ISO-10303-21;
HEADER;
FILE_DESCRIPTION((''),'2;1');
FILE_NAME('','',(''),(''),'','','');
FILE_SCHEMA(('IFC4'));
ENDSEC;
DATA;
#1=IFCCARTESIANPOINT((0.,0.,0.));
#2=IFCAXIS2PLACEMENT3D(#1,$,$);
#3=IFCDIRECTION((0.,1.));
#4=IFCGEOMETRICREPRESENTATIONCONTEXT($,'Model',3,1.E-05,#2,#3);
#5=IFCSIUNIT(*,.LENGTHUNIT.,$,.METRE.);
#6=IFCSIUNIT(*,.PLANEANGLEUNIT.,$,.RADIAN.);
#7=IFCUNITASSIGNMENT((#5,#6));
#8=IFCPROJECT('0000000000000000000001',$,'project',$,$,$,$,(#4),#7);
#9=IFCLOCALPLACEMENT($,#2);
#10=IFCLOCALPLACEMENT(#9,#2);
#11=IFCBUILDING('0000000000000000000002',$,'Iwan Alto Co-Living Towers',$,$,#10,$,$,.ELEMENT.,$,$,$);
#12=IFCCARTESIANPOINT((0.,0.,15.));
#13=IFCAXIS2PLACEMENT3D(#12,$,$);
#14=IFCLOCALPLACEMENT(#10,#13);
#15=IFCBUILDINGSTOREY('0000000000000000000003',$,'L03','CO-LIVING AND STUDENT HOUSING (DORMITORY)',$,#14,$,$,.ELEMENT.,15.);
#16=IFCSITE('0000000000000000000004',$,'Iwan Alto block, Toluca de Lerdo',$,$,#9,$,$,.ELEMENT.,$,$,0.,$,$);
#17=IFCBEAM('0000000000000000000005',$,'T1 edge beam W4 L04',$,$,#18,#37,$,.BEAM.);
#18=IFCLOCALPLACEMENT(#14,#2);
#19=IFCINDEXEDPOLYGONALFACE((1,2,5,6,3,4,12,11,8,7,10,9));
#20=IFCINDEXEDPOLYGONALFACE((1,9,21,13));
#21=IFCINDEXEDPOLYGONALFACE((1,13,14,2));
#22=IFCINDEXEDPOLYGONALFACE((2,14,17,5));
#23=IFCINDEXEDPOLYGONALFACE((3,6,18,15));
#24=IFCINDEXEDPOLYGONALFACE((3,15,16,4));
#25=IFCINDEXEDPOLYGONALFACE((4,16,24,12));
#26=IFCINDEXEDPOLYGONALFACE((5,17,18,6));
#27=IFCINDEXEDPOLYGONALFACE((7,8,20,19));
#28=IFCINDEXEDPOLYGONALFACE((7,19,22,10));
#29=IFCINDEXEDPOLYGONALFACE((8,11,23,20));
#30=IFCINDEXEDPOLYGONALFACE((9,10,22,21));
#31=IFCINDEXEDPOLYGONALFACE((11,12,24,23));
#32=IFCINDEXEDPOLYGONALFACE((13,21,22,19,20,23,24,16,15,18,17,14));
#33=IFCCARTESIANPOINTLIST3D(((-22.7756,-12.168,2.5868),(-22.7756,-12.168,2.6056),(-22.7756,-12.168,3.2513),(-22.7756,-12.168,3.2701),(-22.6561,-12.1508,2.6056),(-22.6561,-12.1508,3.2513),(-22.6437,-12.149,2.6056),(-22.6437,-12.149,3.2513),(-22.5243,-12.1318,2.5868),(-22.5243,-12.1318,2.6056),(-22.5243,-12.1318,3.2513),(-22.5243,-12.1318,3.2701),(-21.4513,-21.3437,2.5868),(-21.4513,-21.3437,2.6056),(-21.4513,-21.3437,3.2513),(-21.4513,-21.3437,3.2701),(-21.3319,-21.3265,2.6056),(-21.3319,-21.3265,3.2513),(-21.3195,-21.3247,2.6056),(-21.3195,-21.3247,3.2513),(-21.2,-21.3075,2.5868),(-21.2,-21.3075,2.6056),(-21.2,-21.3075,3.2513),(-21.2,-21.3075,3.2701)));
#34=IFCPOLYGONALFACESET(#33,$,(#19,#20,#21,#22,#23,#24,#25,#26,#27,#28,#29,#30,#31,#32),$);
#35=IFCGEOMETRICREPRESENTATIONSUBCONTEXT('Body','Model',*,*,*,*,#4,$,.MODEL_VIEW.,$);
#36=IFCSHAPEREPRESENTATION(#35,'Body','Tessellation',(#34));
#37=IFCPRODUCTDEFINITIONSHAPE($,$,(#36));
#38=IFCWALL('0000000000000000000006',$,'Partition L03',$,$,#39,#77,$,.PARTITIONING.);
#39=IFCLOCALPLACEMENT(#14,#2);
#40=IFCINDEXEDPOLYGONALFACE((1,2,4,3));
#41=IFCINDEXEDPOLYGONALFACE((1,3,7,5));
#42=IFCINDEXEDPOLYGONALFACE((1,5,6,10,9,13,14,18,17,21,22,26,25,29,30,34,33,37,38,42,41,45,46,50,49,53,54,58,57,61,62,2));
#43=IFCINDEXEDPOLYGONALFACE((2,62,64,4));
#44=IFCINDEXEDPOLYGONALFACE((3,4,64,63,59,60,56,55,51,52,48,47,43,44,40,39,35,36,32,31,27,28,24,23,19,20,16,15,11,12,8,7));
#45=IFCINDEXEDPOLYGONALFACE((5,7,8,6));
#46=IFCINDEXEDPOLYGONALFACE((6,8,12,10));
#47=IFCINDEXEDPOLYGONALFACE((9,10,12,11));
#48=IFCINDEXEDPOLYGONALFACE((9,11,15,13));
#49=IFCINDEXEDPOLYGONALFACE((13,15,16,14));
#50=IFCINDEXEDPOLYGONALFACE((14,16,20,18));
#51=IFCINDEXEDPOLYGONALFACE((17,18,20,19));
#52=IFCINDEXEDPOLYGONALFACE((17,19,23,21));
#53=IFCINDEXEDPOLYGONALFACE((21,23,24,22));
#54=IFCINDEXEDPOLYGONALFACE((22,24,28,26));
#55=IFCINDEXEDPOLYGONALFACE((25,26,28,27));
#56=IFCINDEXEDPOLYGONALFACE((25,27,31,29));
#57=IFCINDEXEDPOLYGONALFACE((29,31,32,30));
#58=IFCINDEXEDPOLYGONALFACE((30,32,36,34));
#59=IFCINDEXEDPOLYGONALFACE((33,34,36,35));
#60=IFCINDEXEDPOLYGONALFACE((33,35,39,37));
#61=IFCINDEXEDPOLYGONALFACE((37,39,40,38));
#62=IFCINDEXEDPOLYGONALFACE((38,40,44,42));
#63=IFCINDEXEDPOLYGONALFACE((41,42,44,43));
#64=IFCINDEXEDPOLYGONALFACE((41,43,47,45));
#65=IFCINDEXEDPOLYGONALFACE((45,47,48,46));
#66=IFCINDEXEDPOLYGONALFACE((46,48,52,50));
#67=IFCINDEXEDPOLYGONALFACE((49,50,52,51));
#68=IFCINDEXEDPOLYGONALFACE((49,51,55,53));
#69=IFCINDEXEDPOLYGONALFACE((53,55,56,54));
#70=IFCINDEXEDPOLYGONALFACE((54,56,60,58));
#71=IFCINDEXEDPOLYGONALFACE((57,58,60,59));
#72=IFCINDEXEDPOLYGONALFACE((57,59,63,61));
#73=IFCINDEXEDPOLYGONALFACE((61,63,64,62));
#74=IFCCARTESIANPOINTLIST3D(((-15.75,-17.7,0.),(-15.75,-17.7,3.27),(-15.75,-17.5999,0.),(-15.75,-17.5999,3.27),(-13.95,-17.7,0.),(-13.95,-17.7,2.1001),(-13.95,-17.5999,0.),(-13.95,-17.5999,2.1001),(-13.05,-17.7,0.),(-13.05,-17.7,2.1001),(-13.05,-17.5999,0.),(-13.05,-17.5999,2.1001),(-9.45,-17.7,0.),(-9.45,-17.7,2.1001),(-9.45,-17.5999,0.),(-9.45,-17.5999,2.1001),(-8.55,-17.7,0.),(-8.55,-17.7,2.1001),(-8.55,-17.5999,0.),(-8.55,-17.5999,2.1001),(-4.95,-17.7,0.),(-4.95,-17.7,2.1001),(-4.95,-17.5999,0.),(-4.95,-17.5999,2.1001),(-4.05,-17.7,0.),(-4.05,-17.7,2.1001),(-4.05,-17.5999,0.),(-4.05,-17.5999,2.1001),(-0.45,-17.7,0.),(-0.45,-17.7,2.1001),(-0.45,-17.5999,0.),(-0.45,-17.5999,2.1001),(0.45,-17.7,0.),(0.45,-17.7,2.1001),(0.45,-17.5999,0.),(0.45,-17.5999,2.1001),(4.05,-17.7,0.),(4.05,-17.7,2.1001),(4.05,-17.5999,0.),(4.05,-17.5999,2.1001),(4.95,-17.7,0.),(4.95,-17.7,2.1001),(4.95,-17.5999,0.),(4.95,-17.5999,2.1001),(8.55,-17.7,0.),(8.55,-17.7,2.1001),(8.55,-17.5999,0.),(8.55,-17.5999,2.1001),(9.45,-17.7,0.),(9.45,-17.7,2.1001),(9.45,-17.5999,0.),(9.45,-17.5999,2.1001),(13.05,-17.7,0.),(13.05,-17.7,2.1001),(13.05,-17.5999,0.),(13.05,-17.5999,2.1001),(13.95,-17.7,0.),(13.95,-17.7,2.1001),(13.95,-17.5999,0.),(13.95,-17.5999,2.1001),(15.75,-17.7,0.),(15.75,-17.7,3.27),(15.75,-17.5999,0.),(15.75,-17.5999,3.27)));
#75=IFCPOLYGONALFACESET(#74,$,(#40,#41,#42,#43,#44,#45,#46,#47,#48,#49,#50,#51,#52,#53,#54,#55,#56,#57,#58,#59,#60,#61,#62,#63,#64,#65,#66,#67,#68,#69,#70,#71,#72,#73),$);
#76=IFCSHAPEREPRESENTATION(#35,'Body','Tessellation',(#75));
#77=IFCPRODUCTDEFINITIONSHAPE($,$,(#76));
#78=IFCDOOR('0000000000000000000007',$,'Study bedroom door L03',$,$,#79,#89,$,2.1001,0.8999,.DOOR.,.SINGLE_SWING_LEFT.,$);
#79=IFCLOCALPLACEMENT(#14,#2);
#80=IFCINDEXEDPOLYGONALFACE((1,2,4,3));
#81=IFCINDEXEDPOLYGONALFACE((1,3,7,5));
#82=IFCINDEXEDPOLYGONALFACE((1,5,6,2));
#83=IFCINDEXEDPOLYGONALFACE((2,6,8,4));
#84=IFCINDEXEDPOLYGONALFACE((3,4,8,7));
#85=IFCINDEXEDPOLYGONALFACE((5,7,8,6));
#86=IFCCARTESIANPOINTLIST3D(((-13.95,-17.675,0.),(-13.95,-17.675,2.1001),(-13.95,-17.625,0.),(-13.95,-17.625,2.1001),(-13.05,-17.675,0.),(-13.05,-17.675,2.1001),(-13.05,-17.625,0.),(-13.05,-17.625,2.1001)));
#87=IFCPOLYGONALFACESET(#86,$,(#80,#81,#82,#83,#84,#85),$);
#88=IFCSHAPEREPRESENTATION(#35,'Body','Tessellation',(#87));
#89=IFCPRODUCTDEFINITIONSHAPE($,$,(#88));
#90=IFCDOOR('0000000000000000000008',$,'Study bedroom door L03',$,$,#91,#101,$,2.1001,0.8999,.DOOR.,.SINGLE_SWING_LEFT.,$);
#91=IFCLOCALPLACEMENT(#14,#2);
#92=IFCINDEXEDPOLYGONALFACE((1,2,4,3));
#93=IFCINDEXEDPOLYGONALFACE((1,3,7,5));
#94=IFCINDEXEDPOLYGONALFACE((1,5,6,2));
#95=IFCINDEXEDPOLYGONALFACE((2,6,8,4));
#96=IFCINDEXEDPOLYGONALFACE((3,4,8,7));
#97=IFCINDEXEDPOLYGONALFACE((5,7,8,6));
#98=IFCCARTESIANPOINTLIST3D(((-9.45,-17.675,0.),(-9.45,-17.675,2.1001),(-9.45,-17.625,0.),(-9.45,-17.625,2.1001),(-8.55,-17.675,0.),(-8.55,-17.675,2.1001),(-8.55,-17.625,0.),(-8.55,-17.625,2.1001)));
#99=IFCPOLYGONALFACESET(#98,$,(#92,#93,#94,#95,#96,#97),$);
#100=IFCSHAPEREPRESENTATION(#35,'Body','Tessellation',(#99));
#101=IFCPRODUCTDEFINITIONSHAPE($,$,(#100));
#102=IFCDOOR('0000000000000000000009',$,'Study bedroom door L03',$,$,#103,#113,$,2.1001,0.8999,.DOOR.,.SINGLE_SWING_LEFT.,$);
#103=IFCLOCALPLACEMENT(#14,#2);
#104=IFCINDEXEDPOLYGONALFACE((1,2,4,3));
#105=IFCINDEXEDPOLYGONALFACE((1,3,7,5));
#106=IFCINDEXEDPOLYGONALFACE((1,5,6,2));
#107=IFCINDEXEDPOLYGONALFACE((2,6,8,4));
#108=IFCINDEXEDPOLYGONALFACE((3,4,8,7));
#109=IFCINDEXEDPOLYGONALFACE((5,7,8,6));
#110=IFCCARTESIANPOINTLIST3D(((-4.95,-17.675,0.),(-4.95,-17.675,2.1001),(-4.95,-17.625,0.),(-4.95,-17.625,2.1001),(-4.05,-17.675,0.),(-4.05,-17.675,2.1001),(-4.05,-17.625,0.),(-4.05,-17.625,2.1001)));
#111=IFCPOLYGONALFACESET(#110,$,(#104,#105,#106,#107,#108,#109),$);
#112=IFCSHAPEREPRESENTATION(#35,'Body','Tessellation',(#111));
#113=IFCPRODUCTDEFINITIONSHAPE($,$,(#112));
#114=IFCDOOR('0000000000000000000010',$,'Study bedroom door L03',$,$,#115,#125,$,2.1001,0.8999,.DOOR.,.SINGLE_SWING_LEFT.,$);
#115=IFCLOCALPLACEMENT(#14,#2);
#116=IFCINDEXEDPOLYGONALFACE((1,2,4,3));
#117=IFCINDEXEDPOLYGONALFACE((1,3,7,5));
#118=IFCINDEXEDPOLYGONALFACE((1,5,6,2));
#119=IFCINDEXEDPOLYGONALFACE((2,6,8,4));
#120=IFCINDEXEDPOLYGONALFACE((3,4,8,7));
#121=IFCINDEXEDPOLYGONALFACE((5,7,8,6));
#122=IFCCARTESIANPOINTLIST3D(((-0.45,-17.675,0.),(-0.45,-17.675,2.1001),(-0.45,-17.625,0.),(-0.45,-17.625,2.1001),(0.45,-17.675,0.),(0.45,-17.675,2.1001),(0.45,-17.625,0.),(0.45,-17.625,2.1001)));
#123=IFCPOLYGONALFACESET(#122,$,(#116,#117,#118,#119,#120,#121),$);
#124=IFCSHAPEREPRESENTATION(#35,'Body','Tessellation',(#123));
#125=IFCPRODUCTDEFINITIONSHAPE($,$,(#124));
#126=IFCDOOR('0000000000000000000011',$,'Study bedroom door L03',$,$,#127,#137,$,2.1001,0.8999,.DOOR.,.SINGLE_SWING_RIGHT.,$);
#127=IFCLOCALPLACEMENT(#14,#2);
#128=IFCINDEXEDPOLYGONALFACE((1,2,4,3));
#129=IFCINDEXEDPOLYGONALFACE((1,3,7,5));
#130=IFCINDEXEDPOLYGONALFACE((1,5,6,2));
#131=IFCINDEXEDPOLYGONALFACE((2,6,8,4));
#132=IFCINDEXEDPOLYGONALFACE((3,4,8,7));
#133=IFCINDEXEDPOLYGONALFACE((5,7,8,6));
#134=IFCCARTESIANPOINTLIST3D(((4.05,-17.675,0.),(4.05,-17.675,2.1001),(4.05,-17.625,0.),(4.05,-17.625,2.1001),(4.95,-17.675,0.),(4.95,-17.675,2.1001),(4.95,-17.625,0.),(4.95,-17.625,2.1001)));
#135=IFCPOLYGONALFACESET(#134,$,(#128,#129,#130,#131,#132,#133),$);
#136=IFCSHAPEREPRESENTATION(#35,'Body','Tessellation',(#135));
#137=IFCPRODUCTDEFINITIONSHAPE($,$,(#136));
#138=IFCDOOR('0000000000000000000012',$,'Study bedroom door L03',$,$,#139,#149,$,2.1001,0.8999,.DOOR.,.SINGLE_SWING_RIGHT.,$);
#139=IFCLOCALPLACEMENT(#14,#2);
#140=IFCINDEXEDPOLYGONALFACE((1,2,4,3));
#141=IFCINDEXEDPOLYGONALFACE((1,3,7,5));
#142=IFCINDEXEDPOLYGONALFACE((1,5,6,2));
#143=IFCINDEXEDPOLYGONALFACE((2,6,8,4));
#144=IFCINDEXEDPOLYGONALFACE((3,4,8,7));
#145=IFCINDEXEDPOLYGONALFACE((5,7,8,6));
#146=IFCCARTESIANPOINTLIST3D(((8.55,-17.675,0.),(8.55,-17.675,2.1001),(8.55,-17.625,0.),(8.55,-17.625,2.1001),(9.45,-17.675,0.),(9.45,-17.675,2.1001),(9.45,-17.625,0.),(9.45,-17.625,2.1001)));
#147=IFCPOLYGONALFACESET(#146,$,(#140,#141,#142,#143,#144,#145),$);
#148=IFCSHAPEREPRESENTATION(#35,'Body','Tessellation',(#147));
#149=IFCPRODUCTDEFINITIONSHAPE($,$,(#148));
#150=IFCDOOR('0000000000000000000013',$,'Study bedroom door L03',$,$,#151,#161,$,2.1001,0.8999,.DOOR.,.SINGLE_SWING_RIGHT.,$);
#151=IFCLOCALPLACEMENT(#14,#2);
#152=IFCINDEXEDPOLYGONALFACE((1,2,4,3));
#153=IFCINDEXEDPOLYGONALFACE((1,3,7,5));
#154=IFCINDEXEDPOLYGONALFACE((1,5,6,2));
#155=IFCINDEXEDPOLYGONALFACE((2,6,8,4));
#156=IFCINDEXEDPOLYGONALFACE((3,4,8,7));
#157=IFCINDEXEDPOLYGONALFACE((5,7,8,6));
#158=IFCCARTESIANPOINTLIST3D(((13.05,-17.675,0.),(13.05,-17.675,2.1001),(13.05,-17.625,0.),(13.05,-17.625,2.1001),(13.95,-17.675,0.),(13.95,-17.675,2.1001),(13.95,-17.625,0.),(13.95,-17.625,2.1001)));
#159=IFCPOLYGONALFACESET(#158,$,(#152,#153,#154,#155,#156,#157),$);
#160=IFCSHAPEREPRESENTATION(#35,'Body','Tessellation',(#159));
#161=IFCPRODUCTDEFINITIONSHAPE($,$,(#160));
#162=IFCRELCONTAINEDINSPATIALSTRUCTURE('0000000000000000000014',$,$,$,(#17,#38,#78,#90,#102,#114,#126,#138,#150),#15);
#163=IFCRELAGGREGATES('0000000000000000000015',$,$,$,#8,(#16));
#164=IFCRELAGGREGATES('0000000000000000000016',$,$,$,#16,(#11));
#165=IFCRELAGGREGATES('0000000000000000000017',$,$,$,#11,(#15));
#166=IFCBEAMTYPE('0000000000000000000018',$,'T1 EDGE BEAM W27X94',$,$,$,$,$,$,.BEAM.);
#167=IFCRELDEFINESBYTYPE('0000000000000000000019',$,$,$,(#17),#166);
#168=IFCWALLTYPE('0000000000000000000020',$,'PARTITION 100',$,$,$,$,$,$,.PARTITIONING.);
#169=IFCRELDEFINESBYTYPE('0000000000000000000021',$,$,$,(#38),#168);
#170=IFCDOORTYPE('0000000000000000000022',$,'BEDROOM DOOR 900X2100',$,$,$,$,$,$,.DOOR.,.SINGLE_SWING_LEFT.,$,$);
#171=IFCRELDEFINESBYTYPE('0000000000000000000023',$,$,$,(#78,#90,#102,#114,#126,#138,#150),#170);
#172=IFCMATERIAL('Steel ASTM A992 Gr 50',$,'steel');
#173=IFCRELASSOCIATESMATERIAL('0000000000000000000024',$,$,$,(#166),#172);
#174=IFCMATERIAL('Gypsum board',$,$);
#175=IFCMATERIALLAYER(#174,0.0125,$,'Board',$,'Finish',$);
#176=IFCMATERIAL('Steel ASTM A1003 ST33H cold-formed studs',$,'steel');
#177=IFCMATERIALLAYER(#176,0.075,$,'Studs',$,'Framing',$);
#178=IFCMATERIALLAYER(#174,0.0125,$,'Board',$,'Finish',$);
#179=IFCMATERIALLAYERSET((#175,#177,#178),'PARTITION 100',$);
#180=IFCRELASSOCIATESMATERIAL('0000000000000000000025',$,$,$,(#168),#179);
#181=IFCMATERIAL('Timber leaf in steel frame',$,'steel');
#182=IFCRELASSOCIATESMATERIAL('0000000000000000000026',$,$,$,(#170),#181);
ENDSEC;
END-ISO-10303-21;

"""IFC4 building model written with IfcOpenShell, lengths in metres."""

from ifc_helpers import new_model, si_unit, direction, frame, frame_2d, origin, origin_2d, place, context, subcontext, project, spatial, rectangle, i_section, extrude, material, layer, layer_set, material_profile, profile_set, type_object, element, fill, save


model = new_model("IFC4")

# Units and contexts
model_context = context("Model", 3, precision=1e-05, world=origin(), true_north=direction((0.0, 1.0)))
body_context = subcontext(model_context, "Body", "Model", "MODEL_VIEW")
ifc_project = project(units=[si_unit("LENGTHUNIT", "METRE"), si_unit("PLANEANGLEUNIT", "RADIAN")], contexts=[model_context])

# Site, building, storey
site_placement = place(None, origin())
site = spatial("IfcSite", under=ifc_project, at=site_placement, Name="Iwan Alto block, Toluca de Lerdo", CompositionType="ELEMENT", RefElevation=0.0)
building_placement = place(site_placement, origin())
building = spatial("IfcBuilding", under=site, at=building_placement, Name="Iwan Alto Co-Living Towers", CompositionType="ELEMENT")
storey_placement = place(building_placement, frame((0.0, 0.0, 15.0)))
storey = spatial("IfcBuildingStorey", under=building, at=storey_placement, Name="L03", Description="CO-LIVING AND STUDENT HOUSING (DORMITORY)", CompositionType="ELEMENT", Elevation=15.0)

# Beam
ifc_material_1 = material(Name="Steel ASTM A992 Gr 50", Category="steel")
ifc_material_profile = material_profile(ifc_material_1, i_section(OverallWidth=0.2539, OverallDepth=0.6833, WebThickness=0.0125, FlangeThickness=0.0188, at=origin_2d()), Name="W27X94")
ifc_profile_set = profile_set([ifc_material_profile], Name="Steel ASTM A992 Gr 50")
beam_type = type_object("IfcBeamType", Name="T1 EDGE BEAM W27X94", PredefinedType="BEAM", material=ifc_profile_set)
beam_placement = place(storey_placement, frame((-22.6499, -12.1499, 2.9285), z_axis=(0.142837, -0.989746, 0.0), x_axis=(0.989746, 0.142837, 0.0)))
element("IfcBeam", 1, at=beam_placement, inside=storey, type_object=beam_type, Name="T1 edge beam W4 L04", PredefinedType="BEAM", context=body_context, shape_type="SweptSolid", body=[
    extrude(i_section(OverallWidth=0.2539, OverallDepth=0.6833, WebThickness=0.0125, FlangeThickness=0.0188, at=origin_2d()), origin(), (0.0, 0.0, 1.0), 9.2708),
])

# Wall, openings, doors
ifc_material_2 = material(Name="Gypsum board")
ifc_layer_1 = layer(ifc_material_2, 0.0125, Name="Board", Category="Finish")
ifc_material_3 = material(Name="Steel ASTM A1003 ST33H cold-formed studs", Category="steel")
ifc_layer_2 = layer(ifc_material_3, 0.075, Name="Studs", Category="Framing")
ifc_layer_3 = layer(ifc_material_2, 0.0125, Name="Board", Category="Finish")
ifc_layer_set = layer_set([ifc_layer_1, ifc_layer_2, ifc_layer_3], Name="PARTITION 100")
wall_type = type_object("IfcWallType", Name="PARTITION 100", PredefinedType="PARTITIONING", material=ifc_layer_set)
wall_1_placement = place(storey_placement, frame((-15.75, -17.6499, 0.0), z_axis=(0.0, 0.0, 1.0), x_axis=(1.0, 0.0, 0.0)))
wall_1 = element("IfcWall", 2, at=wall_1_placement, inside=storey, type_object=wall_type, Name="Partition L03", PredefinedType="PARTITIONING", context=body_context, shape_type="SweptSolid", body=[
    extrude(rectangle(XDim=31.5, YDim=0.1001, at=frame_2d((15.75, 0.0))), origin(), (0.0, 0.0, 1.0), 3.27),
])
opening_1_placement = place(wall_1_placement, frame((1.8, 0.0, 0.0)))
opening_1 = element("IfcOpeningElement", 3, at=opening_1_placement, cuts=wall_1, PredefinedType="OPENING", context=body_context, shape_type="SweptSolid", body=[
    extrude(rectangle(XDim=0.8999, YDim=2.1001, at=frame_2d((0.45, 1.05))), frame((0.0, 0.0601, 0.0), z_axis=(0.0, -1.0, 0.0), x_axis=(1.0, 0.0, 0.0)), (0.0, 0.0, 1.0), 0.1201),
])
opening_2_placement = place(wall_1_placement, frame((6.3, 0.0, 0.0)))
opening_2 = element("IfcOpeningElement", 4, at=opening_2_placement, cuts=wall_1, PredefinedType="OPENING", context=body_context, shape_type="SweptSolid", body=[
    extrude(rectangle(XDim=0.8999, YDim=2.1001, at=frame_2d((0.45, 1.05))), frame((0.0, 0.0601, 0.0), z_axis=(0.0, -1.0, 0.0), x_axis=(1.0, 0.0, 0.0)), (0.0, 0.0, 1.0), 0.1201),
])
opening_3_placement = place(wall_1_placement, frame((10.8, 0.0, 0.0)))
opening_3 = element("IfcOpeningElement", 5, at=opening_3_placement, cuts=wall_1, PredefinedType="OPENING", context=body_context, shape_type="SweptSolid", body=[
    extrude(rectangle(XDim=0.8999, YDim=2.1001, at=frame_2d((0.45, 1.05))), frame((0.0, 0.0601, 0.0), z_axis=(0.0, -1.0, 0.0), x_axis=(1.0, 0.0, 0.0)), (0.0, 0.0, 1.0), 0.1201),
])
opening_4_placement = place(wall_1_placement, frame((15.3, 0.0, 0.0)))
opening_4 = element("IfcOpeningElement", 6, at=opening_4_placement, cuts=wall_1, PredefinedType="OPENING", context=body_context, shape_type="SweptSolid", body=[
    extrude(rectangle(XDim=0.8999, YDim=2.1001, at=frame_2d((0.45, 1.05))), frame((0.0, 0.0601, 0.0), z_axis=(0.0, -1.0, 0.0), x_axis=(1.0, 0.0, 0.0)), (0.0, 0.0, 1.0), 0.1201),
])
opening_5_placement = place(wall_1_placement, frame((19.8, 0.0, 0.0)))
opening_5 = element("IfcOpeningElement", 7, at=opening_5_placement, cuts=wall_1, PredefinedType="OPENING", context=body_context, shape_type="SweptSolid", body=[
    extrude(rectangle(XDim=0.8999, YDim=2.1001, at=frame_2d((0.45, 1.05))), frame((0.0, 0.0601, 0.0), z_axis=(0.0, -1.0, 0.0), x_axis=(1.0, 0.0, 0.0)), (0.0, 0.0, 1.0), 0.1201),
])
opening_6_placement = place(wall_1_placement, frame((24.3, 0.0, 0.0)))
opening_6 = element("IfcOpeningElement", 8, at=opening_6_placement, cuts=wall_1, PredefinedType="OPENING", context=body_context, shape_type="SweptSolid", body=[
    extrude(rectangle(XDim=0.8999, YDim=2.1001, at=frame_2d((0.45, 1.05))), frame((0.0, 0.0601, 0.0), z_axis=(0.0, -1.0, 0.0), x_axis=(1.0, 0.0, 0.0)), (0.0, 0.0, 1.0), 0.1201),
])
opening_7_placement = place(wall_1_placement, frame((28.8, 0.0, 0.0)))
opening_7 = element("IfcOpeningElement", 9, at=opening_7_placement, cuts=wall_1, PredefinedType="OPENING", context=body_context, shape_type="SweptSolid", body=[
    extrude(rectangle(XDim=0.8999, YDim=2.1001, at=frame_2d((0.45, 1.05))), frame((0.0, 0.0601, 0.0), z_axis=(0.0, -1.0, 0.0), x_axis=(1.0, 0.0, 0.0)), (0.0, 0.0, 1.0), 0.1201),
])
ifc_material_4 = material(Name="Timber leaf in steel frame", Category="steel")
door_type_1 = type_object("IfcDoorType", Name="BEDROOM DOOR 900X2100", OperationType="SINGLE_SWING_LEFT", PredefinedType="DOOR", material=ifc_material_4)
door_1_placement = place(opening_1_placement, origin())
door_1 = element("IfcDoor", 10, at=door_1_placement, inside=storey, type_object=door_type_1, Name="Study bedroom door L03", OperationType="SINGLE_SWING_LEFT", OverallHeight=2.1001, OverallWidth=0.8999, PredefinedType="DOOR", context=body_context, shape_type="SweptSolid", body=[
    extrude(rectangle(XDim=0.8999, YDim=2.1001, at=frame_2d((0.45, 1.05))), frame((0.0, 0.0249, 0.0), z_axis=(0.0, -1.0, 0.0), x_axis=(1.0, 0.0, 0.0)), (0.0, 0.0, 1.0), 0.05),
])
fill(opening_1, door_1)
door_2_placement = place(opening_2_placement, origin())
door_2 = element("IfcDoor", 11, at=door_2_placement, inside=storey, type_object=door_type_1, Name="Study bedroom door L03", OperationType="SINGLE_SWING_LEFT", OverallHeight=2.1001, OverallWidth=0.8999, PredefinedType="DOOR", context=body_context, shape_type="SweptSolid", body=[
    extrude(rectangle(XDim=0.8999, YDim=2.1001, at=frame_2d((0.45, 1.05))), frame((0.0, 0.0249, 0.0), z_axis=(0.0, -1.0, 0.0), x_axis=(1.0, 0.0, 0.0)), (0.0, 0.0, 1.0), 0.05),
])
fill(opening_2, door_2)
door_3_placement = place(opening_3_placement, origin())
door_3 = element("IfcDoor", 12, at=door_3_placement, inside=storey, type_object=door_type_1, Name="Study bedroom door L03", OperationType="SINGLE_SWING_LEFT", OverallHeight=2.1001, OverallWidth=0.8999, PredefinedType="DOOR", context=body_context, shape_type="SweptSolid", body=[
    extrude(rectangle(XDim=0.8999, YDim=2.1001, at=frame_2d((0.45, 1.05))), frame((0.0, 0.0249, 0.0), z_axis=(0.0, -1.0, 0.0), x_axis=(1.0, 0.0, 0.0)), (0.0, 0.0, 1.0), 0.05),
])
fill(opening_3, door_3)
door_4_placement = place(opening_4_placement, origin())
door_4 = element("IfcDoor", 13, at=door_4_placement, inside=storey, type_object=door_type_1, Name="Study bedroom door L03", OperationType="SINGLE_SWING_LEFT", OverallHeight=2.1001, OverallWidth=0.8999, PredefinedType="DOOR", context=body_context, shape_type="SweptSolid", body=[
    extrude(rectangle(XDim=0.8999, YDim=2.1001, at=frame_2d((0.45, 1.05))), frame((0.0, 0.0249, 0.0), z_axis=(0.0, -1.0, 0.0), x_axis=(1.0, 0.0, 0.0)), (0.0, 0.0, 1.0), 0.05),
])
fill(opening_4, door_4)
door_5_placement = place(opening_5_placement, origin())
door_5 = element("IfcDoor", 14, at=door_5_placement, inside=storey, type_object=door_type_1, Name="Study bedroom door L03", OperationType="SINGLE_SWING_RIGHT", OverallHeight=2.1001, OverallWidth=0.8999, PredefinedType="DOOR", context=body_context, shape_type="SweptSolid", body=[
    extrude(rectangle(XDim=0.8999, YDim=2.1001, at=frame_2d((0.45, 1.05))), frame((0.0, 0.0249, 0.0), z_axis=(0.0, -1.0, 0.0), x_axis=(1.0, 0.0, 0.0)), (0.0, 0.0, 1.0), 0.05),
])
fill(opening_5, door_5)
door_6_placement = place(opening_6_placement, origin())
door_6 = element("IfcDoor", 15, at=door_6_placement, inside=storey, type_object=door_type_1, Name="Study bedroom door L03", OperationType="SINGLE_SWING_RIGHT", OverallHeight=2.1001, OverallWidth=0.8999, PredefinedType="DOOR", context=body_context, shape_type="SweptSolid", body=[
    extrude(rectangle(XDim=0.8999, YDim=2.1001, at=frame_2d((0.45, 1.05))), frame((0.0, 0.0249, 0.0), z_axis=(0.0, -1.0, 0.0), x_axis=(1.0, 0.0, 0.0)), (0.0, 0.0, 1.0), 0.05),
])
fill(opening_6, door_6)
door_7_placement = place(opening_7_placement, origin())
door_7 = element("IfcDoor", 16, at=door_7_placement, inside=storey, type_object=door_type_1, Name="Study bedroom door L03", OperationType="SINGLE_SWING_RIGHT", OverallHeight=2.1001, OverallWidth=0.8999, PredefinedType="DOOR", context=body_context, shape_type="SweptSolid", body=[
    extrude(rectangle(XDim=0.8999, YDim=2.1001, at=frame_2d((0.45, 1.05))), frame((0.0, 0.0249, 0.0), z_axis=(0.0, -1.0, 0.0), x_axis=(1.0, 0.0, 0.0)), (0.0, 0.0, 1.0), 0.05),
])
fill(opening_7, door_7)

save(model, "model.ifc")
